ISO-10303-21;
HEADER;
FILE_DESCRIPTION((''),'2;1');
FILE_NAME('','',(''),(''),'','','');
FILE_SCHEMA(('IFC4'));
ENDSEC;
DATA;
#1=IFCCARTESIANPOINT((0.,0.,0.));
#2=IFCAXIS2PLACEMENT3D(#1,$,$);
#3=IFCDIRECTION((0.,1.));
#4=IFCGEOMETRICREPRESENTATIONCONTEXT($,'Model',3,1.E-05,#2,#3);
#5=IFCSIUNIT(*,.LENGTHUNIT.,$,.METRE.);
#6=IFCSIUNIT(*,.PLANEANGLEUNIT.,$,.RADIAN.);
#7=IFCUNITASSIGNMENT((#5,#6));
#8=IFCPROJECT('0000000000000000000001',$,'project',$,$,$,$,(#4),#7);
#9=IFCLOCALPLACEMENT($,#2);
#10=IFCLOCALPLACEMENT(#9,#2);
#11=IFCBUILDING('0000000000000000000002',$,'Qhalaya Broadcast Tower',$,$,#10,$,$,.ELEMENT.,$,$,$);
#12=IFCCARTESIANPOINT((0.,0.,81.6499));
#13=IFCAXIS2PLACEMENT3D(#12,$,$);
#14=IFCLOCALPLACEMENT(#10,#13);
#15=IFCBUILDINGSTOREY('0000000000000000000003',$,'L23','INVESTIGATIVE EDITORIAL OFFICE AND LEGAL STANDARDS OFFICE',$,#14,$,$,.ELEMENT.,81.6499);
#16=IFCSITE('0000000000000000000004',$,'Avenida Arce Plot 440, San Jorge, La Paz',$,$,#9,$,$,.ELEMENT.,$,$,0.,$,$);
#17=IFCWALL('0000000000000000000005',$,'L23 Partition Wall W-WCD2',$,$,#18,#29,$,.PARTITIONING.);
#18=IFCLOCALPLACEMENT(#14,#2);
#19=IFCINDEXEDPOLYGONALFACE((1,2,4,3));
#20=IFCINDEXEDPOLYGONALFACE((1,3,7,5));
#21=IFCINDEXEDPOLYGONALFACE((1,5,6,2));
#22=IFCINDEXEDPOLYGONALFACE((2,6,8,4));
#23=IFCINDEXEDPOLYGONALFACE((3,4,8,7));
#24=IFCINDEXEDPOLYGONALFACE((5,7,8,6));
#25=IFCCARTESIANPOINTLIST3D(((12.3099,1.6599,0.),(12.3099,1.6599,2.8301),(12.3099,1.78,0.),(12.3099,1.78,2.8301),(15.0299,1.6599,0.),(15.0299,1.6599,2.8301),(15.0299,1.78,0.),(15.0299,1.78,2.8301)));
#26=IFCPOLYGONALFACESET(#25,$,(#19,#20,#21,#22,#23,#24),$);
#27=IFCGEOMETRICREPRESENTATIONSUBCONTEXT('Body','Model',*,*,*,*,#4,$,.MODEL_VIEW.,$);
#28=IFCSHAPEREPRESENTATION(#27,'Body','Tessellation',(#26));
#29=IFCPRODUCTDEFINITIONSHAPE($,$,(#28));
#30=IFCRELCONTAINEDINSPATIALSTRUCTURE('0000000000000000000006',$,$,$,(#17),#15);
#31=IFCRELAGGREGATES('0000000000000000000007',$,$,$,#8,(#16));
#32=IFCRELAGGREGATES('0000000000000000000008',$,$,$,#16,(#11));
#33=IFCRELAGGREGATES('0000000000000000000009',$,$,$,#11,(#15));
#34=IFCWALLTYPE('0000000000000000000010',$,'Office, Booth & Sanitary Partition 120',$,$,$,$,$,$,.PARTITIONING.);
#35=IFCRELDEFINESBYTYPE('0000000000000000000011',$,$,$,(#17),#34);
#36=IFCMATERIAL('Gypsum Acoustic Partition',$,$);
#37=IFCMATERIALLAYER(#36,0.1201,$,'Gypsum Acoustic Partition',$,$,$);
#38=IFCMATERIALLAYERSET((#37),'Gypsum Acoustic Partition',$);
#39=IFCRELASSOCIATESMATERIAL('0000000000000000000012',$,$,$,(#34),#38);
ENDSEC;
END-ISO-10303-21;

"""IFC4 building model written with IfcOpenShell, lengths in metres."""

from ifc_helpers import new_model, si_unit, direction, frame, frame_2d, origin, place, context, subcontext, project, spatial, rectangle, extrude, material, layer, layer_set, type_object, element, save


model = new_model("IFC4")

# Units and contexts
model_context = context("Model", 3, precision=1e-05, world=origin(), true_north=direction((0.0, 1.0)))
body_context = subcontext(model_context, "Body", "Model", "MODEL_VIEW")
ifc_project = project(units=[si_unit("LENGTHUNIT", "METRE"), si_unit("PLANEANGLEUNIT", "RADIAN")], contexts=[model_context])

# Site, building, storey
site_placement = place(None, origin())
site = spatial("IfcSite", under=ifc_project, at=site_placement, Name="Avenida Arce Plot 440, San Jorge, La Paz", CompositionType="ELEMENT", RefElevation=0.0)
building_placement = place(site_placement, origin())
building = spatial("IfcBuilding", under=site, at=building_placement, Name="Qhalaya Broadcast Tower", CompositionType="ELEMENT")
storey_placement = place(building_placement, frame((0.0, 0.0, 81.6499)))
storey = spatial("IfcBuildingStorey", under=building, at=storey_placement, Name="L23", Description="INVESTIGATIVE EDITORIAL OFFICE AND LEGAL STANDARDS OFFICE", CompositionType="ELEMENT", Elevation=81.6499)

# Shared definitions
ifc_material_1 = material(Name="Gypsum Acoustic Partition")

# Shared definitions
ifc_layer_1 = layer(ifc_material_1, 0.1201, Name="Gypsum Acoustic Partition")
ifc_layer_set_1 = layer_set([ifc_layer_1], Name="Gypsum Acoustic Partition")
wall_type_1 = type_object("IfcWallType", Name="Office, Booth & Sanitary Partition 120", PredefinedType="PARTITIONING", material=ifc_layer_set_1)

# Wall
for number, where, z_axis, x_axis, name in (
    (1, (12.3101, 1.72, 0.0), (0.0, 0.0, 1.0), (1.0, 0.0, 0.0), "L23 Partition Wall W-WCD2"),
):
    element("IfcWall", number, at=place(storey_placement, frame(where, z_axis=z_axis, x_axis=x_axis)), inside=storey, type_object=wall_type_1, Name=name, PredefinedType="PARTITIONING", context=body_context, shape_type="SweptSolid", body=[
        extrude(rectangle(XDim=2.72, YDim=0.1201, at=frame_2d((1.3599, 0.0))), origin(), (0.0, 0.0, 1.0), 2.8301),
    ])

save(model, "model.ifc")
